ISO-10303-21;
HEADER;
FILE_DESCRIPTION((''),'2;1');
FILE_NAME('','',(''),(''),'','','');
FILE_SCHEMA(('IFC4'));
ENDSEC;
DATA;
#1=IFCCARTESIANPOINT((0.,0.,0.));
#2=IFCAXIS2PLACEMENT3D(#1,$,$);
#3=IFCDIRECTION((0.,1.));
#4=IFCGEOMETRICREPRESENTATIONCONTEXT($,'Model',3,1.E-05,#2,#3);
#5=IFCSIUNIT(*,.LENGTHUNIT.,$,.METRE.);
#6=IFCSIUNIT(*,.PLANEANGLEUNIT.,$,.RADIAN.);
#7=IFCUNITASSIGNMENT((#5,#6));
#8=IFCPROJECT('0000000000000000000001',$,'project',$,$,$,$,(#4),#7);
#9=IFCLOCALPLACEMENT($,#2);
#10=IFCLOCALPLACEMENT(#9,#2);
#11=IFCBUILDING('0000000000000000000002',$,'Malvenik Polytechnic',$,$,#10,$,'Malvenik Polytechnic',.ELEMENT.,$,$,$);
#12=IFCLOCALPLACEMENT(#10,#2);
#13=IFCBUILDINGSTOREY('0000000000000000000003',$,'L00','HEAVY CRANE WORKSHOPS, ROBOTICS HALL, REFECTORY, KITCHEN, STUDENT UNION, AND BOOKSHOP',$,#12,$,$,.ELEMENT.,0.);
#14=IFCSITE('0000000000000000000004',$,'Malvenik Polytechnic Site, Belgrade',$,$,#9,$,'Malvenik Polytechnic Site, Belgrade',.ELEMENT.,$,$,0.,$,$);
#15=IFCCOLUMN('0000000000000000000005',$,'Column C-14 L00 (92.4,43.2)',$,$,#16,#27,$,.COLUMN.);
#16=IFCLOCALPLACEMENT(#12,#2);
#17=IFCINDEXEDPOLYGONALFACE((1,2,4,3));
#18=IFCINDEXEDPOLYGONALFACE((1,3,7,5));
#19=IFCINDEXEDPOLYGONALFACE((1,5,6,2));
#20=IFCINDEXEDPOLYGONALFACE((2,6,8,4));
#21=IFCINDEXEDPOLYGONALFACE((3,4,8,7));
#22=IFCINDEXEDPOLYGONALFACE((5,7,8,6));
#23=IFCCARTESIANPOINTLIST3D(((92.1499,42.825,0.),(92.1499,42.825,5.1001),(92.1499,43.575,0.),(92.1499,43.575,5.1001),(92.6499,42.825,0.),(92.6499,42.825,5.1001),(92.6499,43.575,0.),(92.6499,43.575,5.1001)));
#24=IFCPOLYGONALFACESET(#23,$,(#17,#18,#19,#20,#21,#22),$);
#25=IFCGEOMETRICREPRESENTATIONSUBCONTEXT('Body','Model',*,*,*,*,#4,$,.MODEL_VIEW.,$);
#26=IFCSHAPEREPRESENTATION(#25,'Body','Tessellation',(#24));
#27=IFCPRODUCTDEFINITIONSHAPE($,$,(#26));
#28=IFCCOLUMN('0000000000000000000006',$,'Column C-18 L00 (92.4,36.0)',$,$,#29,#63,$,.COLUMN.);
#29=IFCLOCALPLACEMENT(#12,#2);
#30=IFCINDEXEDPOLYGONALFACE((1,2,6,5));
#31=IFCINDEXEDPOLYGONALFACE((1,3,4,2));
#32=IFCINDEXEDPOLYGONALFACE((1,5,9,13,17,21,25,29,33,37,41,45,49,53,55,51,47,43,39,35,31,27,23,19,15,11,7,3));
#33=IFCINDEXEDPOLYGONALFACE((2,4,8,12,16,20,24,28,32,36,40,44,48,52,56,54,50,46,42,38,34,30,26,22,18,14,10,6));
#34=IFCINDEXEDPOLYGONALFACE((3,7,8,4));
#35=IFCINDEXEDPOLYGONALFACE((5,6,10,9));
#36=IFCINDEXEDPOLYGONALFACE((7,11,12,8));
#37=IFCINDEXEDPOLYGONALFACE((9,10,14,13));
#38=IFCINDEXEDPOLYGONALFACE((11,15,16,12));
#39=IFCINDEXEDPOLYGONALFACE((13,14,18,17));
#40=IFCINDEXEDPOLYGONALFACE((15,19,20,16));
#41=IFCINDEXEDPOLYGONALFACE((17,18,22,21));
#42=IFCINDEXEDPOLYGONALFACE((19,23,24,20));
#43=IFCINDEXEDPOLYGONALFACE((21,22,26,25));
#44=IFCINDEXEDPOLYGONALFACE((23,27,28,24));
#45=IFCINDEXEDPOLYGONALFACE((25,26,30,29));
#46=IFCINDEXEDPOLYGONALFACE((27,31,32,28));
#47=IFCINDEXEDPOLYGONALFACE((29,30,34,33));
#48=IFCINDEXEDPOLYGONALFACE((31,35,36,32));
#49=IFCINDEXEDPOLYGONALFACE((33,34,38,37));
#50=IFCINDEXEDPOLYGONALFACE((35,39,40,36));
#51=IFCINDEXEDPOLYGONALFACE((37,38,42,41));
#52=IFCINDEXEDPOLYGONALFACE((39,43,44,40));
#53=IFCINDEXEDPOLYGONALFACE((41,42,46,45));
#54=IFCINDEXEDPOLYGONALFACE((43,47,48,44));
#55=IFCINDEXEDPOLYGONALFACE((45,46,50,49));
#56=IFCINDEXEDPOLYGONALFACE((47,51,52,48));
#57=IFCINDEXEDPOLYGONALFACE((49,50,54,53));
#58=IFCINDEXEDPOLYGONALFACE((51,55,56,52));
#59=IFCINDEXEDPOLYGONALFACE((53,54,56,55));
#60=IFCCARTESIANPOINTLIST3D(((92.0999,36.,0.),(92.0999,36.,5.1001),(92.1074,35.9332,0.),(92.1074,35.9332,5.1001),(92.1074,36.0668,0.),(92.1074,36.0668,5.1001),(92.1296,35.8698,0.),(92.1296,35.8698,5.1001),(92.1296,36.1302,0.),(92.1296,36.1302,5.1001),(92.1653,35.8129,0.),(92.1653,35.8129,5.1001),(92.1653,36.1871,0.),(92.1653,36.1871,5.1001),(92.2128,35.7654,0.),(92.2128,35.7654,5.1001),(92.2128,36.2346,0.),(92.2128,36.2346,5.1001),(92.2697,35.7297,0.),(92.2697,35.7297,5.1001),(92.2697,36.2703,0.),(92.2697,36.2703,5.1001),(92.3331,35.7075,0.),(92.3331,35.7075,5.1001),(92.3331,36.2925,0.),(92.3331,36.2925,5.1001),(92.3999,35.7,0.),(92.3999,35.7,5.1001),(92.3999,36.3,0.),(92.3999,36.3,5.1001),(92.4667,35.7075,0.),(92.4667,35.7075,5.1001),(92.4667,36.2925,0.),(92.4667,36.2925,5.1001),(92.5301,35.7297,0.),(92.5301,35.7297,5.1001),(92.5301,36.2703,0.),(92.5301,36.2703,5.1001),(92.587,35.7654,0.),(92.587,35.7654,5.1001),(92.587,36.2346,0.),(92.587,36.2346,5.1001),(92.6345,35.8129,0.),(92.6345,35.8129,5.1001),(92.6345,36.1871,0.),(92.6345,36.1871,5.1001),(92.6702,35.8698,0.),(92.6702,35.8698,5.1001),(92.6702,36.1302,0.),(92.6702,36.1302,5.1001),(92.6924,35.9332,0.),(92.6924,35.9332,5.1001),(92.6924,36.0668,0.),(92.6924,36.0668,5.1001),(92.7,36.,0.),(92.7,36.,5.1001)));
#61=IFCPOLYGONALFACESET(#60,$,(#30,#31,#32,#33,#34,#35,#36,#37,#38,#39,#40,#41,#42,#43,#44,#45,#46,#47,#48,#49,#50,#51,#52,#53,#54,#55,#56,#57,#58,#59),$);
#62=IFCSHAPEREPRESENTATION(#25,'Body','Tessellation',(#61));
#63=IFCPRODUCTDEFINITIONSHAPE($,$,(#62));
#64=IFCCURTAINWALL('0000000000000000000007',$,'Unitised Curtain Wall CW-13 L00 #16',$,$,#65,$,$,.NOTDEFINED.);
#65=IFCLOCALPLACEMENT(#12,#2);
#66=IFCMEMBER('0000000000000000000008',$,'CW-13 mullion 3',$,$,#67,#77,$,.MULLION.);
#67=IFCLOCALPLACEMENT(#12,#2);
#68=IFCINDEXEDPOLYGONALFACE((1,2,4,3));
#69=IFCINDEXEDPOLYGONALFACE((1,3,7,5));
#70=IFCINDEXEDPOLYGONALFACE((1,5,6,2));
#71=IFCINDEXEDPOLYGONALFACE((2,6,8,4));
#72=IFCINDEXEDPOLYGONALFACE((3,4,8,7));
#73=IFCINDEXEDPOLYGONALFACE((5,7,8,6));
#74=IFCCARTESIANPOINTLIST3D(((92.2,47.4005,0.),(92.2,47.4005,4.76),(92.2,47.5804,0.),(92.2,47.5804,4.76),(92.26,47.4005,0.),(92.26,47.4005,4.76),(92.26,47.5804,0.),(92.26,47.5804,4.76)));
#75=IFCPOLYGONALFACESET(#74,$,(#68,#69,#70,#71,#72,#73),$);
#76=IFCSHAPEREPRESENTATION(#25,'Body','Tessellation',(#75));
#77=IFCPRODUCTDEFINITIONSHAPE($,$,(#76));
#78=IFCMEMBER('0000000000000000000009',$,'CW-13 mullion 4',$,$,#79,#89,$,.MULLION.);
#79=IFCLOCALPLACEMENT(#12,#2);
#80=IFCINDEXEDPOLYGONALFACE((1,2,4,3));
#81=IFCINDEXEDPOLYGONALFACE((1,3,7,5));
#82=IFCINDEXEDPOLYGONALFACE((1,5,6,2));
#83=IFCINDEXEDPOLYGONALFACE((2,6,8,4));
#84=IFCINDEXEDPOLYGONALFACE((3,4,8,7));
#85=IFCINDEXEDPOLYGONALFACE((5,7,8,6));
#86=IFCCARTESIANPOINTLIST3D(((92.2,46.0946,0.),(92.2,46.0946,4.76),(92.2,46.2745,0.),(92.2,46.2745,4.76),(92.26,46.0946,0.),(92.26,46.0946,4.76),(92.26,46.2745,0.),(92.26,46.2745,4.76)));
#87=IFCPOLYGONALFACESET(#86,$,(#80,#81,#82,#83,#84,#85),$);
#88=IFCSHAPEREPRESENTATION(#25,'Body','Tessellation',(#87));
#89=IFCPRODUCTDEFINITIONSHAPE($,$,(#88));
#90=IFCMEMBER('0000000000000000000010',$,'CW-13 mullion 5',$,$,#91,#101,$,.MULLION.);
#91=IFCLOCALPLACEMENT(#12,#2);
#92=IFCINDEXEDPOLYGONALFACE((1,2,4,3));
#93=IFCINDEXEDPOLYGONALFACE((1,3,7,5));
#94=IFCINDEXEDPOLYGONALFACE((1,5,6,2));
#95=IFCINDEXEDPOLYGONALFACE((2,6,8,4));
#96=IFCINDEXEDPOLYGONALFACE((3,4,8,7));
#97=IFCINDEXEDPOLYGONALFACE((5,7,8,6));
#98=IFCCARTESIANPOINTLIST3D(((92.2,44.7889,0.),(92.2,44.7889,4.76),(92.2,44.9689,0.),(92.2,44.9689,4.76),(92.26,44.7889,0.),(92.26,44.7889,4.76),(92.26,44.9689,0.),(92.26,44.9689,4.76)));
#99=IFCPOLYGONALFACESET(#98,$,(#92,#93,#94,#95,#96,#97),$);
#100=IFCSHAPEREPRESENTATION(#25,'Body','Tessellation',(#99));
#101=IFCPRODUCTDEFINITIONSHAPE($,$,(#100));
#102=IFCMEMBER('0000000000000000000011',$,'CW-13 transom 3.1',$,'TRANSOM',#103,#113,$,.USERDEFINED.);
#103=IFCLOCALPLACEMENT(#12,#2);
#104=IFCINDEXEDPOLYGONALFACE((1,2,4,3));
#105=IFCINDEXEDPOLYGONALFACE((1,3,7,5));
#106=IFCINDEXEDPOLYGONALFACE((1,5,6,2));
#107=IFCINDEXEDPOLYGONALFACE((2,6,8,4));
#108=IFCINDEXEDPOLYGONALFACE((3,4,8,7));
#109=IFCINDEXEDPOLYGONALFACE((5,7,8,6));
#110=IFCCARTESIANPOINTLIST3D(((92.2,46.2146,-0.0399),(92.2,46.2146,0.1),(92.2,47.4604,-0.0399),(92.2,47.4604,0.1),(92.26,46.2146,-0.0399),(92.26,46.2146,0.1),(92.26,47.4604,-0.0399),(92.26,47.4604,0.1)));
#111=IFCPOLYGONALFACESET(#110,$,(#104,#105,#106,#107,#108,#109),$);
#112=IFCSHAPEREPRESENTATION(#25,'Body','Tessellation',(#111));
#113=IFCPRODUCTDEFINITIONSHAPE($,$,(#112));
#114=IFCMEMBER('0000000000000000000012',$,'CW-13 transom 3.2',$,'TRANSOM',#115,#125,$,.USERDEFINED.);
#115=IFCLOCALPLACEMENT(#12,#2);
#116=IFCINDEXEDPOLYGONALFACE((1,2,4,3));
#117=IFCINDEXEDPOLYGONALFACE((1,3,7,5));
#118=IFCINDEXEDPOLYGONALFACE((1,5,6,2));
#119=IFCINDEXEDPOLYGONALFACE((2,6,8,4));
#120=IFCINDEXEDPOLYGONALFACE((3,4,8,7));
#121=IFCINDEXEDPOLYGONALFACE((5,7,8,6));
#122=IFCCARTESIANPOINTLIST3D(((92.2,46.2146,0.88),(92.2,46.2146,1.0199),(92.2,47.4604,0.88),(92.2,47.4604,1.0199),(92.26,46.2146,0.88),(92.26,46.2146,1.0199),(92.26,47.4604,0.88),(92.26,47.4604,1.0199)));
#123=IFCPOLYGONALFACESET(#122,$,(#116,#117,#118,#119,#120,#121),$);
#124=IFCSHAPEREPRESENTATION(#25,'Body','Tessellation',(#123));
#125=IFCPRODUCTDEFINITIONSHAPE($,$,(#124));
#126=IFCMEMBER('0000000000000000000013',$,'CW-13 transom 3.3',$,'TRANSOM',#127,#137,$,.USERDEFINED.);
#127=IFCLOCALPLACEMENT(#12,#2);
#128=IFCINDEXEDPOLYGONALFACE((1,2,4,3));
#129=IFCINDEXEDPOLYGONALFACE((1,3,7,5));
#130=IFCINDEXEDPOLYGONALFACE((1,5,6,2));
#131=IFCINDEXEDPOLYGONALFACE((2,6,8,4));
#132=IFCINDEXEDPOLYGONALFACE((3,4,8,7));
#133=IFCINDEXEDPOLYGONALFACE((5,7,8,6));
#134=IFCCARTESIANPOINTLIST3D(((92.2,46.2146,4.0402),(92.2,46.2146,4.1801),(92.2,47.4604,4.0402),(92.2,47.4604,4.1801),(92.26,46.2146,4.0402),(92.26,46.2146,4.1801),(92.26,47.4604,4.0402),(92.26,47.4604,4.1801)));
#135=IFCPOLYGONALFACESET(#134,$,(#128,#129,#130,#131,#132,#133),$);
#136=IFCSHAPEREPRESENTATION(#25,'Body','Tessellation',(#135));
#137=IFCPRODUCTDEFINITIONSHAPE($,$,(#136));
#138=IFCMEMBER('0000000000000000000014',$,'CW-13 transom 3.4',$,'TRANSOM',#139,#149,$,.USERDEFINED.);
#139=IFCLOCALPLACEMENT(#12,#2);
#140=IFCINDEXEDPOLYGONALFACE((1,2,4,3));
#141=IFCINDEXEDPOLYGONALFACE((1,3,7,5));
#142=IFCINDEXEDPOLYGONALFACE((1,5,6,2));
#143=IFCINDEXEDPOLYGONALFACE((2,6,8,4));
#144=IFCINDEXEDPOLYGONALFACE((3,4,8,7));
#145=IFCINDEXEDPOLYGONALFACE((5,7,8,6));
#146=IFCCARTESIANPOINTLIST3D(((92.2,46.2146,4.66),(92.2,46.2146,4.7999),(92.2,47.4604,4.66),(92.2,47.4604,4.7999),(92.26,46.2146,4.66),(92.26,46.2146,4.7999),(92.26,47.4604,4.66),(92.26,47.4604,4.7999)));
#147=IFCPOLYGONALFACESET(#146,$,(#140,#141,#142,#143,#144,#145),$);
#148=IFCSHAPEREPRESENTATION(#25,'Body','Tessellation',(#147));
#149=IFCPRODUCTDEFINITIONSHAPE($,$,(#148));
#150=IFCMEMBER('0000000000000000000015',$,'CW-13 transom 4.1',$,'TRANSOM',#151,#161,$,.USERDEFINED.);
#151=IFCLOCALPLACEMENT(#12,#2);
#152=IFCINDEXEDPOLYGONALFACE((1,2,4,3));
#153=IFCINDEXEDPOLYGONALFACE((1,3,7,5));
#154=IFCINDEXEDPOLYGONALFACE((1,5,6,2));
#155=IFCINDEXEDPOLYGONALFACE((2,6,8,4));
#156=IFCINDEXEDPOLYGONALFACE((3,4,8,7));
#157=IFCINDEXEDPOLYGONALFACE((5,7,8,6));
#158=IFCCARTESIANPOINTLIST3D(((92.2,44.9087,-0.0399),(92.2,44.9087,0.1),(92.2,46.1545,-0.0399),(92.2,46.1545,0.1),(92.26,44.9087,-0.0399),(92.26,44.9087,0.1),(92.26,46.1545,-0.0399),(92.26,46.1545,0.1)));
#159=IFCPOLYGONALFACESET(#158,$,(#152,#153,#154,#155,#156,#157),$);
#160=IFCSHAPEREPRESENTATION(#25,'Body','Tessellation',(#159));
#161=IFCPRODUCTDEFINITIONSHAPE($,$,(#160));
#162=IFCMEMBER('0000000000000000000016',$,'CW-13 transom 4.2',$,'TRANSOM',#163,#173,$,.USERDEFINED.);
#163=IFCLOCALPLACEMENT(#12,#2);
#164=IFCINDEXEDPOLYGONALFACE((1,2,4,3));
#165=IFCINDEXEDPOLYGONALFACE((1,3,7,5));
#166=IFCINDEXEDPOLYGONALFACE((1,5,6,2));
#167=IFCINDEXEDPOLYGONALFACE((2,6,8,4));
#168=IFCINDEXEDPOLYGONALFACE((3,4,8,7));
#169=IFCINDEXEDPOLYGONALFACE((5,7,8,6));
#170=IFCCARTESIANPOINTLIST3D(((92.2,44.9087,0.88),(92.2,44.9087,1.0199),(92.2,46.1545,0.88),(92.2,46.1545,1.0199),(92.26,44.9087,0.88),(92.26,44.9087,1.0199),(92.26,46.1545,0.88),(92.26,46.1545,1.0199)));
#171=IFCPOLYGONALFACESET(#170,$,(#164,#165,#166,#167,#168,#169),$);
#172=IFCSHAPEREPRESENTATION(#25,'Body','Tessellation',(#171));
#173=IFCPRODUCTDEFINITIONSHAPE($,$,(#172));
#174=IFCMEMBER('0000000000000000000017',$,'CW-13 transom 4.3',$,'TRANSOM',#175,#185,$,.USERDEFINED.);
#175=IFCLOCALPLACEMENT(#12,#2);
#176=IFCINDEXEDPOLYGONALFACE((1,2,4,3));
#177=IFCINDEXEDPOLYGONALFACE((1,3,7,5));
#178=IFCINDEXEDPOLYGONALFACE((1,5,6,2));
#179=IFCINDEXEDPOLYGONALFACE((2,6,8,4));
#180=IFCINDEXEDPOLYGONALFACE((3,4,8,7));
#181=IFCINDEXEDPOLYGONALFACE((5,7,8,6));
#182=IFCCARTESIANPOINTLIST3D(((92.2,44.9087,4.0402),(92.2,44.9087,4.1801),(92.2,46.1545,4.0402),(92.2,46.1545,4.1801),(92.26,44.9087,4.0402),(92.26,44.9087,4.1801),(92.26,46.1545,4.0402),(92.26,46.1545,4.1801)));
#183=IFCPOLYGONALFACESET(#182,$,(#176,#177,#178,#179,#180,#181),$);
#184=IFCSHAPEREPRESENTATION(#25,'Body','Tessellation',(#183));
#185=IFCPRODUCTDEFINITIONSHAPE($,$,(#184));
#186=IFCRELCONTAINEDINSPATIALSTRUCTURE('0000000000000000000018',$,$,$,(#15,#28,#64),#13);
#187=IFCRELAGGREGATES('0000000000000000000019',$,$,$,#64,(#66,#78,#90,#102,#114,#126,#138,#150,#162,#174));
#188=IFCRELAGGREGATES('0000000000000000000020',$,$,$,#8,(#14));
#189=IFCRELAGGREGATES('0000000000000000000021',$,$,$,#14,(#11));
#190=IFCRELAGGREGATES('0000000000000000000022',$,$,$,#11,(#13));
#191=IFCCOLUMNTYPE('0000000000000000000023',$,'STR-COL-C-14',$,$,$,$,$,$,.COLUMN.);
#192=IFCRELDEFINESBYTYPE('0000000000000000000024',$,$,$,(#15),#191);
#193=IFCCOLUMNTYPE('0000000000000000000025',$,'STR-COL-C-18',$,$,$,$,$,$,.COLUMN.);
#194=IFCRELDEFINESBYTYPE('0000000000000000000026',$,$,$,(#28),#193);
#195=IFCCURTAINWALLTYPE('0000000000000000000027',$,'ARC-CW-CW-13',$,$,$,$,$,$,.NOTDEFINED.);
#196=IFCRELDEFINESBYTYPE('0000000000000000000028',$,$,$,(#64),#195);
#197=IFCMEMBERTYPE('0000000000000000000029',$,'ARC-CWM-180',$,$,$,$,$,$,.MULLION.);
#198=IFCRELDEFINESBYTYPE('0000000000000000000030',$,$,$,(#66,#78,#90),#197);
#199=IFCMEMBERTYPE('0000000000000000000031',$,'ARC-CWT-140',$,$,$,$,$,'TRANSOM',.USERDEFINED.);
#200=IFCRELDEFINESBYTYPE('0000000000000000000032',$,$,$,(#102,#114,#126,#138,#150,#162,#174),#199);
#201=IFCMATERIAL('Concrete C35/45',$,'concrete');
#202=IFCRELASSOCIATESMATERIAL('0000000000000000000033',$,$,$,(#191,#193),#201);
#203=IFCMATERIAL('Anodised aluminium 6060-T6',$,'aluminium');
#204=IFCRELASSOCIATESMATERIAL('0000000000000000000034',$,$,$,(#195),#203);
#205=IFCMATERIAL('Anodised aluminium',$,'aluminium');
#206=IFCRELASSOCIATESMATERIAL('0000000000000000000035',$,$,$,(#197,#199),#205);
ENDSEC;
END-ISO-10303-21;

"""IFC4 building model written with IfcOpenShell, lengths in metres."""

from ifc_helpers import new_model, si_unit, direction, frame, origin, origin_2d, place, context, subcontext, project, spatial, rectangle, circle, extrude, material, material_profile, profile_set, type_object, element, aggregate, save


model = new_model("IFC4")

# Units and contexts
model_context = context("Model", 3, precision=1e-05, world=origin(), true_north=direction((0.0, 1.0)))
body_context = subcontext(model_context, "Body", "Model", "MODEL_VIEW")
ifc_project = project(units=[si_unit("LENGTHUNIT", "METRE"), si_unit("PLANEANGLEUNIT", "RADIAN")], contexts=[model_context])

# Site, building, storey
site_placement = place(None, origin())
site = spatial("IfcSite", under=ifc_project, at=site_placement, Name="Malvenik Polytechnic Site, Belgrade", LongName="Malvenik Polytechnic Site, Belgrade", CompositionType="ELEMENT", RefElevation=0.0)
building_placement = place(site_placement, origin())
building = spatial("IfcBuilding", under=site, at=building_placement, Name="Malvenik Polytechnic", LongName="Malvenik Polytechnic", CompositionType="ELEMENT")
storey_placement = place(building_placement, origin())
storey = spatial("IfcBuildingStorey", under=building, at=storey_placement, Name="L00", Description="HEAVY CRANE WORKSHOPS, ROBOTICS HALL, REFECTORY, KITCHEN, STUDENT UNION, AND BOOKSHOP", CompositionType="ELEMENT", Elevation=0.0)

# Columns
ifc_material_1 = material(Name="Concrete C35/45", Category="concrete")
ifc_material_profile_1 = material_profile(ifc_material_1, rectangle(XDim=0.5, YDim=0.75, at=origin_2d()), Name="RC COL 750x500")
ifc_profile_set_1 = profile_set([ifc_material_profile_1], Name="Concrete C35/45")
column_type_1 = type_object("IfcColumnType", Name="STR-COL-C-14", PredefinedType="COLUMN", material=ifc_profile_set_1)
column_1_placement = place(storey_placement, frame((92.3999, 43.2, 0.0), z_axis=(0.0, 0.0, 1.0), x_axis=(1.0, 0.0, 0.0)))
element("IfcColumn", 1, at=column_1_placement, inside=storey, type_object=column_type_1, Name="Column C-14 L00 (92.4,43.2)", PredefinedType="COLUMN", context=body_context, shape_type="SweptSolid", body=[
    extrude(rectangle(XDim=0.5, YDim=0.75, at=origin_2d()), origin(), (0.0, 0.0, 1.0), 5.1001),
])
ifc_material_profile_2 = material_profile(ifc_material_1, circle(Radius=0.3, at=origin_2d()), Name="RC COL D600")
ifc_profile_set_2 = profile_set([ifc_material_profile_2], Name="Concrete C35/45")
column_type_2 = type_object("IfcColumnType", Name="STR-COL-C-18", PredefinedType="COLUMN", material=ifc_profile_set_2)
column_2_placement = place(storey_placement, frame((92.3999, 36.0, 0.0), z_axis=(0.0, 0.0, 1.0), x_axis=(1.0, 0.0, 0.0)))
element("IfcColumn", 2, at=column_2_placement, inside=storey, type_object=column_type_2, Name="Column C-18 L00 (92.4,36.0)", PredefinedType="COLUMN", context=body_context, shape_type="SweptSolid", body=[
    extrude(circle(Radius=0.3, at=origin_2d()), origin(), (0.0, 0.0, 1.0), 5.1001),
])

# Curtain wall, members
ifc_material_2 = material(Name="Anodised aluminium 6060-T6", Category="aluminium")
curtain_wall_type = type_object("IfcCurtainWallType", Name="ARC-CW-CW-13", PredefinedType="NOTDEFINED", material=ifc_material_2)
curtain_wall_placement = place(storey_placement, origin())
curtain_wall = element("IfcCurtainWall", 3, at=curtain_wall_placement, inside=storey, type_object=curtain_wall_type, Name="Unitised Curtain Wall CW-13 L00 #16", PredefinedType="NOTDEFINED")
ifc_material_3 = material(Name="Anodised aluminium", Category="aluminium")
ifc_material_profile_3 = material_profile(ifc_material_3, rectangle(XDim=0.0601, YDim=0.1799, at=origin_2d()), Name="ALU MULLION 60x180")
ifc_profile_set_3 = profile_set([ifc_material_profile_3], Name="Anodised aluminium")
member_type_1 = type_object("IfcMemberType", Name="ARC-CWM-180", PredefinedType="MULLION", material=ifc_profile_set_3)
member_1_placement = place(storey_placement, frame((92.23, 47.4905, 0.0), z_axis=(0.0, 0.0, 1.0), x_axis=(1.0, 0.0, 0.0)))
member_1 = element("IfcMember", 4, at=member_1_placement, type_object=member_type_1, Name="CW-13 mullion 3", PredefinedType="MULLION", context=body_context, shape_type="SweptSolid", body=[
    extrude(rectangle(XDim=0.0601, YDim=0.1799, at=origin_2d()), origin(), (0.0, 0.0, 1.0), 4.76),
])
member_2_placement = place(storey_placement, frame((92.23, 46.1846, 0.0), z_axis=(0.0, 0.0, 1.0), x_axis=(1.0, 0.0, 0.0)))
member_2 = element("IfcMember", 5, at=member_2_placement, type_object=member_type_1, Name="CW-13 mullion 4", PredefinedType="MULLION", context=body_context, shape_type="SweptSolid", body=[
    extrude(rectangle(XDim=0.0601, YDim=0.1799, at=origin_2d()), origin(), (0.0, 0.0, 1.0), 4.76),
])
member_3_placement = place(storey_placement, frame((92.23, 44.8789, 0.0), z_axis=(0.0, 0.0, 1.0), x_axis=(1.0, 0.0, 0.0)))
member_3 = element("IfcMember", 6, at=member_3_placement, type_object=member_type_1, Name="CW-13 mullion 5", PredefinedType="MULLION", context=body_context, shape_type="SweptSolid", body=[
    extrude(rectangle(XDim=0.0601, YDim=0.1799, at=origin_2d()), origin(), (0.0, 0.0, 1.0), 4.76),
])
ifc_material_profile_4 = material_profile(ifc_material_3, rectangle(XDim=0.0601, YDim=0.1399, at=origin_2d()), Name="ALU TRANSOM 60x140")
ifc_profile_set_4 = profile_set([ifc_material_profile_4], Name="Anodised aluminium")
member_type_2 = type_object("IfcMemberType", Name="ARC-CWT-140", ElementType="TRANSOM", PredefinedType="USERDEFINED", material=ifc_profile_set_4)
member_4_placement = place(storey_placement, frame((92.23, 47.4604, 0.03), z_axis=(0.0, -1.0, 0.0), x_axis=(1.0, 0.0, 0.0)))
member_4 = element("IfcMember", 7, at=member_4_placement, type_object=member_type_2, Name="CW-13 transom 3.1", ObjectType="TRANSOM", PredefinedType="USERDEFINED", context=body_context, shape_type="SweptSolid", body=[
    extrude(rectangle(XDim=0.0601, YDim=0.1399, at=origin_2d()), origin(), (0.0, 0.0, 1.0), 1.2458),
])
member_5_placement = place(storey_placement, frame((92.23, 47.4604, 0.95), z_axis=(0.0, -1.0, 0.0), x_axis=(1.0, 0.0, 0.0)))
member_5 = element("IfcMember", 8, at=member_5_placement, type_object=member_type_2, Name="CW-13 transom 3.2", ObjectType="TRANSOM", PredefinedType="USERDEFINED", context=body_context, shape_type="SweptSolid", body=[
    extrude(rectangle(XDim=0.0601, YDim=0.1399, at=origin_2d()), origin(), (0.0, 0.0, 1.0), 1.2458),
])
member_6_placement = place(storey_placement, frame((92.23, 47.4604, 4.1101), z_axis=(0.0, -1.0, 0.0), x_axis=(1.0, 0.0, 0.0)))
member_6 = element("IfcMember", 9, at=member_6_placement, type_object=member_type_2, Name="CW-13 transom 3.3", ObjectType="TRANSOM", PredefinedType="USERDEFINED", context=body_context, shape_type="SweptSolid", body=[
    extrude(rectangle(XDim=0.0601, YDim=0.1399, at=origin_2d()), origin(), (0.0, 0.0, 1.0), 1.2458),
])
member_7_placement = place(storey_placement, frame((92.23, 47.4604, 4.73), z_axis=(0.0, -1.0, 0.0), x_axis=(1.0, 0.0, 0.0)))
member_7 = element("IfcMember", 10, at=member_7_placement, type_object=member_type_2, Name="CW-13 transom 3.4", ObjectType="TRANSOM", PredefinedType="USERDEFINED", context=body_context, shape_type="SweptSolid", body=[
    extrude(rectangle(XDim=0.0601, YDim=0.1399, at=origin_2d()), origin(), (0.0, 0.0, 1.0), 1.2458),
])
member_8_placement = place(storey_placement, frame((92.23, 46.1545, 0.03), z_axis=(0.0, -1.0, 0.0), x_axis=(1.0, 0.0, 0.0)))
member_8 = element("IfcMember", 11, at=member_8_placement, type_object=member_type_2, Name="CW-13 transom 4.1", ObjectType="TRANSOM", PredefinedType="USERDEFINED", context=body_context, shape_type="SweptSolid", body=[
    extrude(rectangle(XDim=0.0601, YDim=0.1399, at=origin_2d()), origin(), (0.0, 0.0, 1.0), 1.2458),
])
member_9_placement = place(storey_placement, frame((92.23, 46.1545, 0.95), z_axis=(0.0, -1.0, 0.0), x_axis=(1.0, 0.0, 0.0)))
member_9 = element("IfcMember", 12, at=member_9_placement, type_object=member_type_2, Name="CW-13 transom 4.2", ObjectType="TRANSOM", PredefinedType="USERDEFINED", context=body_context, shape_type="SweptSolid", body=[
    extrude(rectangle(XDim=0.0601, YDim=0.1399, at=origin_2d()), origin(), (0.0, 0.0, 1.0), 1.2458),
])
member_10_placement = place(storey_placement, frame((92.23, 46.1545, 4.1101), z_axis=(0.0, -1.0, 0.0), x_axis=(1.0, 0.0, 0.0)))
member_10 = element("IfcMember", 13, at=member_10_placement, type_object=member_type_2, Name="CW-13 transom 4.3", ObjectType="TRANSOM", PredefinedType="USERDEFINED", context=body_context, shape_type="SweptSolid", body=[
    extrude(rectangle(XDim=0.0601, YDim=0.1399, at=origin_2d()), origin(), (0.0, 0.0, 1.0), 1.2458),
])
aggregate(curtain_wall, [member_1, member_2, member_3, member_4, member_5, member_6, member_7, member_8, member_9, member_10])

save(model, "model.ifc")
